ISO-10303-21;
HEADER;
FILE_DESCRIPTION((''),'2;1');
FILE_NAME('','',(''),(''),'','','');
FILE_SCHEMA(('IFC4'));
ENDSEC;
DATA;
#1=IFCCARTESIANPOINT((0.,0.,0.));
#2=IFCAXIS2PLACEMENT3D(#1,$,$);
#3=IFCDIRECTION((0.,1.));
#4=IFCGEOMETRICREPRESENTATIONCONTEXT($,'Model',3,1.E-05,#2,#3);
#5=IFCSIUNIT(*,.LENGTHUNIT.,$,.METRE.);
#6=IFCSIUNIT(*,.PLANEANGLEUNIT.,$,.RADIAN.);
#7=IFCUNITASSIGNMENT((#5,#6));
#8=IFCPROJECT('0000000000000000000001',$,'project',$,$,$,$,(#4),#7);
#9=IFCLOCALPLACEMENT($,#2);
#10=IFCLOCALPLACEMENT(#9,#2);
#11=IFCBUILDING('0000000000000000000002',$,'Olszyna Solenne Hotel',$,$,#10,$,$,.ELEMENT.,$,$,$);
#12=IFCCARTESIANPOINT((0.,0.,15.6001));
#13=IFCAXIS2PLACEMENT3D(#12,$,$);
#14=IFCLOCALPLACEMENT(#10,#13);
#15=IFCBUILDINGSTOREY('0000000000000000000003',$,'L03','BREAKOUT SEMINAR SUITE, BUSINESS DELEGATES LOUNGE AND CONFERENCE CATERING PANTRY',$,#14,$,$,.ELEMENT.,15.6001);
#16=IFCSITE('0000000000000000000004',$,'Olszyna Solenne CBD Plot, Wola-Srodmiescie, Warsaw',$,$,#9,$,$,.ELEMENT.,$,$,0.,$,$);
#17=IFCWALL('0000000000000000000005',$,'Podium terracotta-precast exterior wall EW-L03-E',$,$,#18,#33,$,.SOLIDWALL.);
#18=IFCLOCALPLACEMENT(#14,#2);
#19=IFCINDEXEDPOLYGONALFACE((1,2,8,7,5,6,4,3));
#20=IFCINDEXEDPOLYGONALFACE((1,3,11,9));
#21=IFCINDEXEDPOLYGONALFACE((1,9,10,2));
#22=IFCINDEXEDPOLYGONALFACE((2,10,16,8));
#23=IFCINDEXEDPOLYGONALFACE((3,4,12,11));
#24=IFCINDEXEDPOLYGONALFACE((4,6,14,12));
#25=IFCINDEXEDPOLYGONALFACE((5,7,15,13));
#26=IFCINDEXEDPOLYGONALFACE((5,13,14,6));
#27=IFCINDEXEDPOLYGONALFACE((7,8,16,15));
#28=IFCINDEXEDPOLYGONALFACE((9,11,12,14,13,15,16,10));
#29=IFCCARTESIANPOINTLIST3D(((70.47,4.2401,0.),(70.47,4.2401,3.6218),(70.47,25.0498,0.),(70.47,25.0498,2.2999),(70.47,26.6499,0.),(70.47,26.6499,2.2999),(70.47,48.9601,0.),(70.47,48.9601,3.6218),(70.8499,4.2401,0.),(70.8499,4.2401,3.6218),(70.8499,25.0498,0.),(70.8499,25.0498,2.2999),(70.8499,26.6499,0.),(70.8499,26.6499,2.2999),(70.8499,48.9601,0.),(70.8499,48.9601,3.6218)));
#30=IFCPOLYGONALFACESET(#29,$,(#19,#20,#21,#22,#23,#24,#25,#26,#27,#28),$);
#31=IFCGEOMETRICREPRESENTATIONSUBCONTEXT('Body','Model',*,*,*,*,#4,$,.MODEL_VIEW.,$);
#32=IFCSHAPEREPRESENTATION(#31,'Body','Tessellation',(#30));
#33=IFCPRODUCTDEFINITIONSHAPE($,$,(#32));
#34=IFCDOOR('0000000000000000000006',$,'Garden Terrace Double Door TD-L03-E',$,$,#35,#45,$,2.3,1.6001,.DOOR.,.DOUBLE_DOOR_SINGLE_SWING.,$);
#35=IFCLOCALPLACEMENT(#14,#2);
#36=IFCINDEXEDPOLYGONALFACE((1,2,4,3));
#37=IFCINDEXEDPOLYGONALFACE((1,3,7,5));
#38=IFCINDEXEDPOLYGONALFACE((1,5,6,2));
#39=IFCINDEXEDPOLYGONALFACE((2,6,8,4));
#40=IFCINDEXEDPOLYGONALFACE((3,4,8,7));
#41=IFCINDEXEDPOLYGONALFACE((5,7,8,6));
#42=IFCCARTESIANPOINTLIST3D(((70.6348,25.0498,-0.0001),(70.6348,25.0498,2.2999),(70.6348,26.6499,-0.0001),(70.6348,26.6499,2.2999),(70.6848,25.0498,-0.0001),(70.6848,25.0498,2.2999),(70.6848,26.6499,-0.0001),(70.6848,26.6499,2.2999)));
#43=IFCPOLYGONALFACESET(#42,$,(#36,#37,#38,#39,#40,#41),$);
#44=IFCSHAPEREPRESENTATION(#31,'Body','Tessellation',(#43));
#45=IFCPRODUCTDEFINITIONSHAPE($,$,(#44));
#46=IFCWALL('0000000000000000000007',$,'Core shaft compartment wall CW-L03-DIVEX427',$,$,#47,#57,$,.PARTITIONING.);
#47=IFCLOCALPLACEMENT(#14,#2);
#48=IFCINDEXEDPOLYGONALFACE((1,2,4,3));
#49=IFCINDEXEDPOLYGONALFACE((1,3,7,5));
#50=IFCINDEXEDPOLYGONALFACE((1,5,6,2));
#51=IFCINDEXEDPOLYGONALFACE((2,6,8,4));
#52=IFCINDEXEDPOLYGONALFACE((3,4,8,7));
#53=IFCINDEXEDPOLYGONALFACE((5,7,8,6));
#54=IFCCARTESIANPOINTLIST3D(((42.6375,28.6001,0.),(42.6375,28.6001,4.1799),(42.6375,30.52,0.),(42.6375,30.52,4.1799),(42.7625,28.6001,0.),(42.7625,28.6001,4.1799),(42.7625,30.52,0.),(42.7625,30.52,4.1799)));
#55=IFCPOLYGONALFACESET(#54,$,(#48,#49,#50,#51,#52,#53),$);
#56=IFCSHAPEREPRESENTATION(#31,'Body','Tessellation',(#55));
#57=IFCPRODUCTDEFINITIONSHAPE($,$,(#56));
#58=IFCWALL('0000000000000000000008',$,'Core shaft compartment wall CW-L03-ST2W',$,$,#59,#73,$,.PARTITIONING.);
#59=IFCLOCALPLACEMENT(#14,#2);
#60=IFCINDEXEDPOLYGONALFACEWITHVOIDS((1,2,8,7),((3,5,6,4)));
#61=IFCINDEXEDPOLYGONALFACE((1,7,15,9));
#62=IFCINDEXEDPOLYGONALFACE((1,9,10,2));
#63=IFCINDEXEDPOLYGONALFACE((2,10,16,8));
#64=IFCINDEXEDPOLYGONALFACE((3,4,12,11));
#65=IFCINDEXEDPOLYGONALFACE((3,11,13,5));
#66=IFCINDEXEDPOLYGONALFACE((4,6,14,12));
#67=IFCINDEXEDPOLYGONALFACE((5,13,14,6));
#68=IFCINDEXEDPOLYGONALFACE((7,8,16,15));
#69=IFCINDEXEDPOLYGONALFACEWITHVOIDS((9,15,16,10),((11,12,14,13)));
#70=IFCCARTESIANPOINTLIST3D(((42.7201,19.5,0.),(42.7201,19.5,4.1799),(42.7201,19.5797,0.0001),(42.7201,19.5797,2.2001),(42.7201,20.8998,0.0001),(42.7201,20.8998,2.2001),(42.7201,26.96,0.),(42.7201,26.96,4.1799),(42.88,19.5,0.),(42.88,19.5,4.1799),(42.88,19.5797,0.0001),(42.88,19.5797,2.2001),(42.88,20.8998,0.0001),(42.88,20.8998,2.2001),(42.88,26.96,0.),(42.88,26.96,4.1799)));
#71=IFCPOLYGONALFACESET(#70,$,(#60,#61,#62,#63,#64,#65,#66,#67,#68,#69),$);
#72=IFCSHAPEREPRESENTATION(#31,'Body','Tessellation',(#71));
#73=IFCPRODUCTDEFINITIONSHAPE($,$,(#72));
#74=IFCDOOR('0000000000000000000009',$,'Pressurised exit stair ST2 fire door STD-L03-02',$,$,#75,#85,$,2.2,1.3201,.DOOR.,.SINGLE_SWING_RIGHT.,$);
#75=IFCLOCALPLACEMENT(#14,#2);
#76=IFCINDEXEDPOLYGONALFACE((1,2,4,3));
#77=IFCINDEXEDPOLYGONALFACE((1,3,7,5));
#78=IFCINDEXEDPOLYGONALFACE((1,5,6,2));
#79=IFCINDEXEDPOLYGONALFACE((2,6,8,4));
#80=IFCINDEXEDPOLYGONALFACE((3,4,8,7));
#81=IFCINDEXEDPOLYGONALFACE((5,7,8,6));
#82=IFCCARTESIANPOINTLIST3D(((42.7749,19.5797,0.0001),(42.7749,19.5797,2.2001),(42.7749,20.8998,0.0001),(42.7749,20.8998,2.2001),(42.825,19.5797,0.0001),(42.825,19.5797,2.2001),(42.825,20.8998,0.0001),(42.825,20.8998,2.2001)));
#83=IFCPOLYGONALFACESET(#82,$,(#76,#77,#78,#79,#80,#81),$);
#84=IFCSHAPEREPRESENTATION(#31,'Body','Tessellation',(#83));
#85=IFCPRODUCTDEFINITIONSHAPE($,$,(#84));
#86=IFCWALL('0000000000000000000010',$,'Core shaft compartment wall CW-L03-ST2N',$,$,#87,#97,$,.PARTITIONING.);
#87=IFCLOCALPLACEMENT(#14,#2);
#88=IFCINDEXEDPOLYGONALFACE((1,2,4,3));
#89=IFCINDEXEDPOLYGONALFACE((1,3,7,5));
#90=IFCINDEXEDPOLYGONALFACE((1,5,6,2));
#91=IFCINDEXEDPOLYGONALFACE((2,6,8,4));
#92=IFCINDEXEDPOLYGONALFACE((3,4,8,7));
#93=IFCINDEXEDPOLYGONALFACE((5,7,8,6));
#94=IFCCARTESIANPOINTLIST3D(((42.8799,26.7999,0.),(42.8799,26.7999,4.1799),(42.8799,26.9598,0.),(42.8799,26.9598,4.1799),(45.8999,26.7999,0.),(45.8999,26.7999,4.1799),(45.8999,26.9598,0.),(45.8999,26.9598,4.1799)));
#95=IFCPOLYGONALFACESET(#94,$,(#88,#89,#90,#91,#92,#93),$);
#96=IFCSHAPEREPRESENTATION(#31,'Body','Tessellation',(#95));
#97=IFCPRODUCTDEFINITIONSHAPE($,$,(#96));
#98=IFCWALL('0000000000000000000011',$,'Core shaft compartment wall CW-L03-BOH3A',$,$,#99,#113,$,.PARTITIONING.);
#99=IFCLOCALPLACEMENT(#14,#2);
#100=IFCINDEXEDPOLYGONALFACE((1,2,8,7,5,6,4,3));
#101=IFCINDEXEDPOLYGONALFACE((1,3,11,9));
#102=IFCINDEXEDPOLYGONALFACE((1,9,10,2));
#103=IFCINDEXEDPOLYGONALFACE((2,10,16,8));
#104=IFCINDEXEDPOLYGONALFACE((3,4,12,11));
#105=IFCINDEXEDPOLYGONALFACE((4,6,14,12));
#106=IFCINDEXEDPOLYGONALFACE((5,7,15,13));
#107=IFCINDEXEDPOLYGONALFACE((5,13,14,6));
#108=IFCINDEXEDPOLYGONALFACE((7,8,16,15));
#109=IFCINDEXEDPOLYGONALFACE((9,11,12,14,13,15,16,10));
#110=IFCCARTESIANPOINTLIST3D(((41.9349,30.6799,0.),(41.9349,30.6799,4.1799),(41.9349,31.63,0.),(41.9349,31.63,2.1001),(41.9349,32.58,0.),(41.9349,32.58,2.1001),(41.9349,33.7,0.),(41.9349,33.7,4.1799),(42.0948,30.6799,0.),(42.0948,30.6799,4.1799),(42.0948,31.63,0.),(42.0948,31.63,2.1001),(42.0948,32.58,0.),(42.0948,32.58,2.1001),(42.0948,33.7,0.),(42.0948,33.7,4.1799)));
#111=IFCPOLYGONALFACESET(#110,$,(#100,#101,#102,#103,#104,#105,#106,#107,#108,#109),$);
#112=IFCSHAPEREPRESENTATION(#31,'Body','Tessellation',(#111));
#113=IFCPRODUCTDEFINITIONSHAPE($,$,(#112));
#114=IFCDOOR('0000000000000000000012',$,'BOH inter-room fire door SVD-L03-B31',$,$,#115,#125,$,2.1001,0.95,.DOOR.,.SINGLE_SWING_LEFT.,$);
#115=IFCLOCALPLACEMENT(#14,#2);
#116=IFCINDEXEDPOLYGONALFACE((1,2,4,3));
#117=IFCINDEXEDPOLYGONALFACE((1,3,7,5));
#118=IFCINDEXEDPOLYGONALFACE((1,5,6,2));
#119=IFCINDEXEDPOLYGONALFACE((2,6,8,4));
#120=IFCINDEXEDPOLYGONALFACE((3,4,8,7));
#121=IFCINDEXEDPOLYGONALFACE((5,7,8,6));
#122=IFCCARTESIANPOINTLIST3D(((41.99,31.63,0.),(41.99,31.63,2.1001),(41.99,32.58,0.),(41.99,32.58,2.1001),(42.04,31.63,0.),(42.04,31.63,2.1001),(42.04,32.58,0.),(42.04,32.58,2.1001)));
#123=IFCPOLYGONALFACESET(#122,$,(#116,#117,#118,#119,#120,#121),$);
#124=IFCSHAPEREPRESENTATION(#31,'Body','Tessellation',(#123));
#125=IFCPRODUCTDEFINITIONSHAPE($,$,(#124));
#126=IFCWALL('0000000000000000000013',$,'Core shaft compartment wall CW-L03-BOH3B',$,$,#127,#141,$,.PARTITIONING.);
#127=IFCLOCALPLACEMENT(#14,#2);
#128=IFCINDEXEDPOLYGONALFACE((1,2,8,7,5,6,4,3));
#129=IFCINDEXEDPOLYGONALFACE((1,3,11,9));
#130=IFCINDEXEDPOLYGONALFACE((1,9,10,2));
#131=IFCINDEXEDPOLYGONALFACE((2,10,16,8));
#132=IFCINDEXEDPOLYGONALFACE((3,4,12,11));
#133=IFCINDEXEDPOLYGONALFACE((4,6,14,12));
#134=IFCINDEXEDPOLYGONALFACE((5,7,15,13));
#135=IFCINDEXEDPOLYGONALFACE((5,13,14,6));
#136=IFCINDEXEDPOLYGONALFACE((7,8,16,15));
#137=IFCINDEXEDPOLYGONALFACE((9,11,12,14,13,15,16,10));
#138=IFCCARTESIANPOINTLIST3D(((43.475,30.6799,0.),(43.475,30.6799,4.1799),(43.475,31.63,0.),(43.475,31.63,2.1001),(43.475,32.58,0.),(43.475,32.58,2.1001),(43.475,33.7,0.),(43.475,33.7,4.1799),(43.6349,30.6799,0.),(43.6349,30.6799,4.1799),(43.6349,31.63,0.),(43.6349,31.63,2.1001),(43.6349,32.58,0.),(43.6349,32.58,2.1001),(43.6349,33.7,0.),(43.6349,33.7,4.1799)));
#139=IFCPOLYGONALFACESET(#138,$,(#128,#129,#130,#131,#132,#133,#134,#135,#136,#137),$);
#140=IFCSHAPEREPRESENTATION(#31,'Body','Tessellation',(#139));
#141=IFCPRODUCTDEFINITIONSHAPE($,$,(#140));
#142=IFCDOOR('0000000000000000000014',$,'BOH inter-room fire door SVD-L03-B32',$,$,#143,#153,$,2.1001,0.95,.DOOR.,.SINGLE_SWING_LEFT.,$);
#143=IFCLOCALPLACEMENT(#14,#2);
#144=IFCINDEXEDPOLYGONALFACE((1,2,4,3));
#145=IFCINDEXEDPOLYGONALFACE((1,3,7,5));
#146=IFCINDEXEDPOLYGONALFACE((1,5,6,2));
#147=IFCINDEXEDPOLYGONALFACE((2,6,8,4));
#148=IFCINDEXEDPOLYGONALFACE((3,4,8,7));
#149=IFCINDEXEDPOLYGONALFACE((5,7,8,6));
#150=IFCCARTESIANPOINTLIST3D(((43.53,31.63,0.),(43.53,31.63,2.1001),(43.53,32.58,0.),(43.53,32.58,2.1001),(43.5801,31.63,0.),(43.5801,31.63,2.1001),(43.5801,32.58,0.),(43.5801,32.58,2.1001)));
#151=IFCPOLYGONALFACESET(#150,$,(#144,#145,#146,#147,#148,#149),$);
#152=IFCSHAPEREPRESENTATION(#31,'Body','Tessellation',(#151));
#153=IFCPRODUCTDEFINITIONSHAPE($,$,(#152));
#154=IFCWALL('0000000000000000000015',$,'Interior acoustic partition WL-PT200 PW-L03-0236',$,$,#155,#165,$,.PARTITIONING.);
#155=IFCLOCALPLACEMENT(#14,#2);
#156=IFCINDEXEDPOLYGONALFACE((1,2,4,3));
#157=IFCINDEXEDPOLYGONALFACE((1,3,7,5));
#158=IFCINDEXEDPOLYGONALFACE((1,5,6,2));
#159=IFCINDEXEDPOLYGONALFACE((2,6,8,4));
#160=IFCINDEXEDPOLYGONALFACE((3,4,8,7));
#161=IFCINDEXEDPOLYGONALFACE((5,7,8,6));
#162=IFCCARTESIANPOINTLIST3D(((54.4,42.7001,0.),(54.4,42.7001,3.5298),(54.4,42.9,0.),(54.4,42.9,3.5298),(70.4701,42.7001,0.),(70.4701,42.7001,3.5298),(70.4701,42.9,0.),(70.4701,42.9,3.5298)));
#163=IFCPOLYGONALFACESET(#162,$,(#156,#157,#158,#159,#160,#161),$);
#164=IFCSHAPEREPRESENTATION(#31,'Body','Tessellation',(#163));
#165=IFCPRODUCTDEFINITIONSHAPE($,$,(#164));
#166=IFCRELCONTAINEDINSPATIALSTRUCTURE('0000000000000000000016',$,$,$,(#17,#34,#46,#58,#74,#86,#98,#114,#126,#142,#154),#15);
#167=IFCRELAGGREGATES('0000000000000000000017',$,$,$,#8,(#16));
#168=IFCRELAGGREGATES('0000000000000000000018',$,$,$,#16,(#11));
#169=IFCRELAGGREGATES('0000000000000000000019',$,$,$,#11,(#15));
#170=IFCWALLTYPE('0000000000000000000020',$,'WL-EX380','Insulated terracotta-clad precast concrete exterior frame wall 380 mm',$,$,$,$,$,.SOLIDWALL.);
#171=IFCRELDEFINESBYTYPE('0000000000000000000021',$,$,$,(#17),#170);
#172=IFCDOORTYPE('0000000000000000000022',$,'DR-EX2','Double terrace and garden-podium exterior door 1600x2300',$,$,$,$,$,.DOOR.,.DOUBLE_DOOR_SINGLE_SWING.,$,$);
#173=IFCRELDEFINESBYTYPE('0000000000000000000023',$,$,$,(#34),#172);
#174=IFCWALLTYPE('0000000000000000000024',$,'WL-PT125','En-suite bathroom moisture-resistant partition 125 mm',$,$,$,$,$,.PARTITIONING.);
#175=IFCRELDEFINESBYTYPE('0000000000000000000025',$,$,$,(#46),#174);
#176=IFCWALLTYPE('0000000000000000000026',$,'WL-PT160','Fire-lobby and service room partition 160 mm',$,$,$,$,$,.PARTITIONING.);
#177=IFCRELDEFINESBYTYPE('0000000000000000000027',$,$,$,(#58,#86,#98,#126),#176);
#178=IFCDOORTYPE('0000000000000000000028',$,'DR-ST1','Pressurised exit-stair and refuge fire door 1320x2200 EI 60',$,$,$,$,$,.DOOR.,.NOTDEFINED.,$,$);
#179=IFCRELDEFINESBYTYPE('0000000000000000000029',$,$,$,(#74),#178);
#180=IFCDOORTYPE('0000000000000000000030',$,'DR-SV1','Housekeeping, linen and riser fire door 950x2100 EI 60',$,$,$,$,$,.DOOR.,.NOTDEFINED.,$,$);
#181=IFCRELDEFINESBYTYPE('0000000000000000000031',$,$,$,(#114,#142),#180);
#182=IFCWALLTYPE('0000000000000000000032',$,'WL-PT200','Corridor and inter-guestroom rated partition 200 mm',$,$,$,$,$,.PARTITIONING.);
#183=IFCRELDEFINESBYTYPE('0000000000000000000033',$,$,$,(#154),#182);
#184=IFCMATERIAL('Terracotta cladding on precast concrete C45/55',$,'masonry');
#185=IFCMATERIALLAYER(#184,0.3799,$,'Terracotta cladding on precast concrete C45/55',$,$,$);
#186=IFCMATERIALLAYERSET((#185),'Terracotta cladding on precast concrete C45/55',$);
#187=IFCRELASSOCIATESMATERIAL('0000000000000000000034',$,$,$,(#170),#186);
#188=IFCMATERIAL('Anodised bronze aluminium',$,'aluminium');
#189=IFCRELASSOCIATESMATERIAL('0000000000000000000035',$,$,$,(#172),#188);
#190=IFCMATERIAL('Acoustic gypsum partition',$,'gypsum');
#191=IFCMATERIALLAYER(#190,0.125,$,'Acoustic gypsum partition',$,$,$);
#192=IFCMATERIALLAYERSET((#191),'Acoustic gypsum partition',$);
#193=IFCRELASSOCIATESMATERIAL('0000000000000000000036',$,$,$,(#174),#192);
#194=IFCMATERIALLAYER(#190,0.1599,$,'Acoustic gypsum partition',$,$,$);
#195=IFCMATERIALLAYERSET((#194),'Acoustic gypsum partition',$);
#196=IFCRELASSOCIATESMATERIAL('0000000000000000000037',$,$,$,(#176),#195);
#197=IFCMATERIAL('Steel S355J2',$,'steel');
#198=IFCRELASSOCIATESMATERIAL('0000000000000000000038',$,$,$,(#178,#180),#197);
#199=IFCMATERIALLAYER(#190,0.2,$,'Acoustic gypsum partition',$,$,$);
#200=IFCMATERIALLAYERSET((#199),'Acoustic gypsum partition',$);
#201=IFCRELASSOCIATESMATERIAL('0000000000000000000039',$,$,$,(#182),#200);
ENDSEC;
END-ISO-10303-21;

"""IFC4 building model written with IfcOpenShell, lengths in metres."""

from ifc_helpers import new_model, si_unit, direction, frame, frame_2d, origin, place, context, subcontext, project, spatial, rectangle, extrude, source, transform, mapped, material, layer, layer_set, type_object, type_shapes, element, fill, save


model = new_model("IFC4")

# Units and contexts
model_context = context("Model", 3, precision=1e-05, world=origin(), true_north=direction((0.0, 1.0)))
body_context = subcontext(model_context, "Body", "Model", "MODEL_VIEW")
ifc_project = project(units=[si_unit("LENGTHUNIT", "METRE"), si_unit("PLANEANGLEUNIT", "RADIAN")], contexts=[model_context])

# Site, building, storey
site_placement = place(None, origin())
site = spatial("IfcSite", under=ifc_project, at=site_placement, Name="Olszyna Solenne CBD Plot, Wola-Srodmiescie, Warsaw", CompositionType="ELEMENT", RefElevation=0.0)
building_placement = place(site_placement, origin())
building = spatial("IfcBuilding", under=site, at=building_placement, Name="Olszyna Solenne Hotel", CompositionType="ELEMENT")
storey_placement = place(building_placement, frame((0.0, 0.0, 15.6001)))
storey = spatial("IfcBuildingStorey", under=building, at=storey_placement, Name="L03", Description="BREAKOUT SEMINAR SUITE, BUSINESS DELEGATES LOUNGE AND CONFERENCE CATERING PANTRY", CompositionType="ELEMENT", Elevation=15.6001)

# Shared definitions
ifc_material_1 = material(Name="Steel S355J2", Category="steel")

# Shared definitions
ifc_material_2 = material(Name="Terracotta cladding on precast concrete C45/55", Category="masonry")
ifc_layer_1 = layer(ifc_material_2, 0.3799, Name="Terracotta cladding on precast concrete C45/55")
ifc_layer_set_1 = layer_set([ifc_layer_1], Name="Terracotta cladding on precast concrete C45/55")
wall_type_1 = type_object("IfcWallType", Name="WL-EX380", Description="Insulated terracotta-clad precast concrete exterior frame wall 380 mm", PredefinedType="SOLIDWALL", material=ifc_layer_set_1)

# Wall, opening, door
wall_1_placement = place(storey_placement, frame((70.6599, 48.96, 0.0), z_axis=(0.0, 0.0, 1.0), x_axis=(0.0, -1.0, 0.0)))
wall_1 = element("IfcWall", 1, at=wall_1_placement, inside=storey, type_object=wall_type_1, Name="Podium terracotta-precast exterior wall EW-L03-E", PredefinedType="SOLIDWALL", context=body_context, shape_type="SweptSolid", body=[
    extrude(rectangle(XDim=44.72, YDim=0.3799, at=frame_2d((22.3599, 0.0))), origin(), (0.0, 0.0, 1.0), 3.6218),
])
opening_1_placement = place(wall_1_placement, frame((22.3101, 0.0, 0.0)))
opening_1 = element("IfcOpeningElement", 2, at=opening_1_placement, cuts=wall_1, PredefinedType="OPENING", context=body_context, shape_type="SweptSolid", body=[
    extrude(rectangle(XDim=1.6001, YDim=2.3, at=frame_2d((0.8, 1.1499))), frame((0.0, 0.2, 0.0), z_axis=(0.0, -1.0, 0.0), x_axis=(1.0, 0.0, 0.0)), (0.0, 0.0, 1.0), 0.3999),
])
ifc_material_3 = material(Name="Anodised bronze aluminium", Category="aluminium")
door_type_1 = type_object("IfcDoorType", Name="DR-EX2", Description="Double terrace and garden-podium exterior door 1600x2300", OperationType="DOUBLE_DOOR_SINGLE_SWING", PredefinedType="DOOR", material=ifc_material_3)
shared_shape_1 = source(origin(), body_context, "Body", "SweptSolid", [
    extrude(rectangle(XDim=1.6001, YDim=2.3, at=frame_2d((0.8, 1.1499))), frame((0.0, 0.0249, 0.0), z_axis=(0.0, -1.0, 0.0), x_axis=(1.0, 0.0, 0.0)), (0.0, 0.0, 1.0), 0.05),
])
type_shapes(door_type_1, [shared_shape_1])
door_1_placement = place(opening_1_placement, origin())
door_1 = element("IfcDoor", 3, at=door_1_placement, inside=storey, type_object=door_type_1, Name="Garden Terrace Double Door TD-L03-E", OperationType="DOUBLE_DOOR_SINGLE_SWING", OverallHeight=2.3, OverallWidth=1.6001, PredefinedType="DOOR", context=body_context, shape_type="MappedRepresentation", body=[
    mapped(shared_shape_1, transform((0.0, 0.0, 0.0), x_axis=(1.0, 0.0, 0.0), y_axis=(0.0, 1.0, 0.0), z_axis=(0.0, 0.0, 1.0), scale=1.0)),
])
fill(opening_1, door_1)

# Wall
ifc_material_4 = material(Name="Acoustic gypsum partition", Category="gypsum")
ifc_layer_2 = layer(ifc_material_4, 0.125, Name="Acoustic gypsum partition")
ifc_layer_set_2 = layer_set([ifc_layer_2], Name="Acoustic gypsum partition")
wall_type_2 = type_object("IfcWallType", Name="WL-PT125", Description="En-suite bathroom moisture-resistant partition 125 mm", PredefinedType="PARTITIONING", material=ifc_layer_set_2)
wall_2_placement = place(storey_placement, frame((42.7, 28.6001, 0.0), z_axis=(0.0, 0.0, 1.0), x_axis=(0.0, 1.0, 0.0)))
element("IfcWall", 4, at=wall_2_placement, inside=storey, type_object=wall_type_2, Name="Core shaft compartment wall CW-L03-DIVEX427", PredefinedType="PARTITIONING", context=body_context, shape_type="SweptSolid", body=[
    extrude(rectangle(XDim=1.9199, YDim=0.125, at=frame_2d((0.96, 0.0))), origin(), (0.0, 0.0, 1.0), 4.1799),
])

# Wall, opening, door
ifc_layer_3 = layer(ifc_material_4, 0.1599, Name="Acoustic gypsum partition")
ifc_layer_set_3 = layer_set([ifc_layer_3], Name="Acoustic gypsum partition")
wall_type_3 = type_object("IfcWallType", Name="WL-PT160", Description="Fire-lobby and service room partition 160 mm", PredefinedType="PARTITIONING", material=ifc_layer_set_3)
wall_3_placement = place(storey_placement, frame((42.8, 26.96, 0.0), z_axis=(0.0, 0.0, 1.0), x_axis=(0.0, -1.0, 0.0)))
wall_3 = element("IfcWall", 5, at=wall_3_placement, inside=storey, type_object=wall_type_3, Name="Core shaft compartment wall CW-L03-ST2W", PredefinedType="PARTITIONING", context=body_context, shape_type="SweptSolid", body=[
    extrude(rectangle(XDim=7.46, YDim=0.1599, at=frame_2d((3.73, 0.0))), origin(), (0.0, 0.0, 1.0), 4.1799),
])
opening_2_placement = place(wall_3_placement, frame((6.0601, 0.0, 0.0)))
opening_2 = element("IfcOpeningElement", 6, at=opening_2_placement, cuts=wall_3, PredefinedType="OPENING", context=body_context, shape_type="SweptSolid", body=[
    extrude(rectangle(XDim=1.3201, YDim=2.2, at=frame_2d((0.6602, 1.1001))), frame((0.0, 0.0898, 0.0), z_axis=(0.0, -1.0, 0.0), x_axis=(1.0, 0.0, 0.0)), (0.0, 0.0, 1.0), 0.1799),
])
door_type_2 = type_object("IfcDoorType", Name="DR-ST1", Description="Pressurised exit-stair and refuge fire door 1320x2200 EI 60", OperationType="NOTDEFINED", PredefinedType="DOOR", material=ifc_material_1)
shared_shape_2 = source(origin(), body_context, "Body", "SweptSolid", [
    extrude(rectangle(XDim=1.3201, YDim=2.2, at=frame_2d((0.6602, 1.1001))), frame((0.0, 0.0249, 0.0), z_axis=(0.0, -1.0, 0.0), x_axis=(1.0, 0.0, 0.0)), (0.0, 0.0, 1.0), 0.05),
])
type_shapes(door_type_2, [shared_shape_2])
door_2_placement = place(opening_2_placement, origin())
door_2 = element("IfcDoor", 7, at=door_2_placement, inside=storey, type_object=door_type_2, Name="Pressurised exit stair ST2 fire door STD-L03-02", OperationType="SINGLE_SWING_RIGHT", OverallHeight=2.2, OverallWidth=1.3201, PredefinedType="DOOR", context=body_context, shape_type="MappedRepresentation", body=[
    mapped(shared_shape_2, transform((0.0, 0.0, 0.0), x_axis=(1.0, 0.0, 0.0), y_axis=(0.0, 1.0, 0.0), z_axis=(0.0, 0.0, 1.0), scale=1.0)),
])
fill(opening_2, door_2)

# Wall
wall_4_placement = place(storey_placement, frame((42.8799, 26.8799, 0.0), z_axis=(0.0, 0.0, 1.0), x_axis=(1.0, 0.0, 0.0)))
element("IfcWall", 8, at=wall_4_placement, inside=storey, type_object=wall_type_3, Name="Core shaft compartment wall CW-L03-ST2N", PredefinedType="PARTITIONING", context=body_context, shape_type="SweptSolid", body=[
    extrude(rectangle(XDim=3.02, YDim=0.1599, at=frame_2d((1.51, 0.0))), origin(), (0.0, 0.0, 1.0), 4.1799),
])

# Walls, openings, doors
wall_5_placement = place(storey_placement, frame((42.0149, 30.6799, 0.0), z_axis=(0.0, 0.0, 1.0), x_axis=(0.0, 1.0, 0.0)))
wall_5 = element("IfcWall", 9, at=wall_5_placement, inside=storey, type_object=wall_type_3, Name="Core shaft compartment wall CW-L03-BOH3A", PredefinedType="PARTITIONING", context=body_context, shape_type="SweptSolid", body=[
    extrude(rectangle(XDim=3.02, YDim=0.1599, at=frame_2d((1.51, 0.0))), origin(), (0.0, 0.0, 1.0), 4.1799),
])
opening_3_placement = place(wall_5_placement, frame((0.95, 0.0, 0.0)))
opening_3 = element("IfcOpeningElement", 10, at=opening_3_placement, cuts=wall_5, PredefinedType="OPENING", context=body_context, shape_type="SweptSolid", body=[
    extrude(rectangle(XDim=0.95, YDim=2.1001, at=frame_2d((0.4751, 1.05))), frame((0.0, 0.0898, 0.0), z_axis=(0.0, -1.0, 0.0), x_axis=(1.0, 0.0, 0.0)), (0.0, 0.0, 1.0), 0.1799),
])
door_type_3 = type_object("IfcDoorType", Name="DR-SV1", Description="Housekeeping, linen and riser fire door 950x2100 EI 60", OperationType="NOTDEFINED", PredefinedType="DOOR", material=ifc_material_1)
shared_shape_3 = source(origin(), body_context, "Body", "SweptSolid", [
    extrude(rectangle(XDim=0.95, YDim=2.1001, at=frame_2d((0.4751, 1.05))), frame((0.0, 0.0249, 0.0), z_axis=(0.0, -1.0, 0.0), x_axis=(1.0, 0.0, 0.0)), (0.0, 0.0, 1.0), 0.05),
])
type_shapes(door_type_3, [shared_shape_3])
door_3_placement = place(opening_3_placement, origin())
door_3 = element("IfcDoor", 11, at=door_3_placement, inside=storey, type_object=door_type_3, Name="BOH inter-room fire door SVD-L03-B31", OperationType="SINGLE_SWING_LEFT", OverallHeight=2.1001, OverallWidth=0.95, PredefinedType="DOOR", context=body_context, shape_type="MappedRepresentation", body=[
    mapped(shared_shape_3, transform((0.0, 0.0, 0.0), x_axis=(1.0, 0.0, 0.0), y_axis=(0.0, 1.0, 0.0), z_axis=(0.0, 0.0, 1.0), scale=1.0)),
])
fill(opening_3, door_3)
wall_6_placement = place(storey_placement, frame((43.5549, 30.6799, 0.0), z_axis=(0.0, 0.0, 1.0), x_axis=(0.0, 1.0, 0.0)))
wall_6 = element("IfcWall", 12, at=wall_6_placement, inside=storey, type_object=wall_type_3, Name="Core shaft compartment wall CW-L03-BOH3B", PredefinedType="PARTITIONING", context=body_context, shape_type="SweptSolid", body=[
    extrude(rectangle(XDim=3.02, YDim=0.1599, at=frame_2d((1.51, 0.0))), origin(), (0.0, 0.0, 1.0), 4.1799),
])
opening_4_placement = place(wall_6_placement, frame((0.95, 0.0, 0.0)))
opening_4 = element("IfcOpeningElement", 13, at=opening_4_placement, cuts=wall_6, PredefinedType="OPENING", context=body_context, shape_type="SweptSolid", body=[
    extrude(rectangle(XDim=0.95, YDim=2.1001, at=frame_2d((0.4751, 1.05))), frame((0.0, 0.0898, 0.0), z_axis=(0.0, -1.0, 0.0), x_axis=(1.0, 0.0, 0.0)), (0.0, 0.0, 1.0), 0.1799),
])
door_4_placement = place(opening_4_placement, origin())
door_4 = element("IfcDoor", 14, at=door_4_placement, inside=storey, type_object=door_type_3, Name="BOH inter-room fire door SVD-L03-B32", OperationType="SINGLE_SWING_LEFT", OverallHeight=2.1001, OverallWidth=0.95, PredefinedType="DOOR", context=body_context, shape_type="MappedRepresentation", body=[
    mapped(shared_shape_3, transform((0.0, 0.0, 0.0), x_axis=(1.0, 0.0, 0.0), y_axis=(0.0, 1.0, 0.0), z_axis=(0.0, 0.0, 1.0), scale=1.0)),
])
fill(opening_4, door_4)

# Wall
ifc_layer_4 = layer(ifc_material_4, 0.2, Name="Acoustic gypsum partition")
ifc_layer_set_4 = layer_set([ifc_layer_4], Name="Acoustic gypsum partition")
wall_type_4 = type_object("IfcWallType", Name="WL-PT200", Description="Corridor and inter-guestroom rated partition 200 mm", PredefinedType="PARTITIONING", material=ifc_layer_set_4)
wall_7_placement = place(storey_placement, frame((54.3999, 42.8, 0.0), z_axis=(0.0, 0.0, 1.0), x_axis=(1.0, 0.0, 0.0)))
element("IfcWall", 15, at=wall_7_placement, inside=storey, type_object=wall_type_4, Name="Interior acoustic partition WL-PT200 PW-L03-0236", PredefinedType="PARTITIONING", context=body_context, shape_type="SweptSolid", body=[
    extrude(rectangle(XDim=16.0701, YDim=0.2, at=frame_2d((8.0352, 0.0))), origin(), (0.0, 0.0, 1.0), 3.5298),
])

save(model, "model.ifc")
